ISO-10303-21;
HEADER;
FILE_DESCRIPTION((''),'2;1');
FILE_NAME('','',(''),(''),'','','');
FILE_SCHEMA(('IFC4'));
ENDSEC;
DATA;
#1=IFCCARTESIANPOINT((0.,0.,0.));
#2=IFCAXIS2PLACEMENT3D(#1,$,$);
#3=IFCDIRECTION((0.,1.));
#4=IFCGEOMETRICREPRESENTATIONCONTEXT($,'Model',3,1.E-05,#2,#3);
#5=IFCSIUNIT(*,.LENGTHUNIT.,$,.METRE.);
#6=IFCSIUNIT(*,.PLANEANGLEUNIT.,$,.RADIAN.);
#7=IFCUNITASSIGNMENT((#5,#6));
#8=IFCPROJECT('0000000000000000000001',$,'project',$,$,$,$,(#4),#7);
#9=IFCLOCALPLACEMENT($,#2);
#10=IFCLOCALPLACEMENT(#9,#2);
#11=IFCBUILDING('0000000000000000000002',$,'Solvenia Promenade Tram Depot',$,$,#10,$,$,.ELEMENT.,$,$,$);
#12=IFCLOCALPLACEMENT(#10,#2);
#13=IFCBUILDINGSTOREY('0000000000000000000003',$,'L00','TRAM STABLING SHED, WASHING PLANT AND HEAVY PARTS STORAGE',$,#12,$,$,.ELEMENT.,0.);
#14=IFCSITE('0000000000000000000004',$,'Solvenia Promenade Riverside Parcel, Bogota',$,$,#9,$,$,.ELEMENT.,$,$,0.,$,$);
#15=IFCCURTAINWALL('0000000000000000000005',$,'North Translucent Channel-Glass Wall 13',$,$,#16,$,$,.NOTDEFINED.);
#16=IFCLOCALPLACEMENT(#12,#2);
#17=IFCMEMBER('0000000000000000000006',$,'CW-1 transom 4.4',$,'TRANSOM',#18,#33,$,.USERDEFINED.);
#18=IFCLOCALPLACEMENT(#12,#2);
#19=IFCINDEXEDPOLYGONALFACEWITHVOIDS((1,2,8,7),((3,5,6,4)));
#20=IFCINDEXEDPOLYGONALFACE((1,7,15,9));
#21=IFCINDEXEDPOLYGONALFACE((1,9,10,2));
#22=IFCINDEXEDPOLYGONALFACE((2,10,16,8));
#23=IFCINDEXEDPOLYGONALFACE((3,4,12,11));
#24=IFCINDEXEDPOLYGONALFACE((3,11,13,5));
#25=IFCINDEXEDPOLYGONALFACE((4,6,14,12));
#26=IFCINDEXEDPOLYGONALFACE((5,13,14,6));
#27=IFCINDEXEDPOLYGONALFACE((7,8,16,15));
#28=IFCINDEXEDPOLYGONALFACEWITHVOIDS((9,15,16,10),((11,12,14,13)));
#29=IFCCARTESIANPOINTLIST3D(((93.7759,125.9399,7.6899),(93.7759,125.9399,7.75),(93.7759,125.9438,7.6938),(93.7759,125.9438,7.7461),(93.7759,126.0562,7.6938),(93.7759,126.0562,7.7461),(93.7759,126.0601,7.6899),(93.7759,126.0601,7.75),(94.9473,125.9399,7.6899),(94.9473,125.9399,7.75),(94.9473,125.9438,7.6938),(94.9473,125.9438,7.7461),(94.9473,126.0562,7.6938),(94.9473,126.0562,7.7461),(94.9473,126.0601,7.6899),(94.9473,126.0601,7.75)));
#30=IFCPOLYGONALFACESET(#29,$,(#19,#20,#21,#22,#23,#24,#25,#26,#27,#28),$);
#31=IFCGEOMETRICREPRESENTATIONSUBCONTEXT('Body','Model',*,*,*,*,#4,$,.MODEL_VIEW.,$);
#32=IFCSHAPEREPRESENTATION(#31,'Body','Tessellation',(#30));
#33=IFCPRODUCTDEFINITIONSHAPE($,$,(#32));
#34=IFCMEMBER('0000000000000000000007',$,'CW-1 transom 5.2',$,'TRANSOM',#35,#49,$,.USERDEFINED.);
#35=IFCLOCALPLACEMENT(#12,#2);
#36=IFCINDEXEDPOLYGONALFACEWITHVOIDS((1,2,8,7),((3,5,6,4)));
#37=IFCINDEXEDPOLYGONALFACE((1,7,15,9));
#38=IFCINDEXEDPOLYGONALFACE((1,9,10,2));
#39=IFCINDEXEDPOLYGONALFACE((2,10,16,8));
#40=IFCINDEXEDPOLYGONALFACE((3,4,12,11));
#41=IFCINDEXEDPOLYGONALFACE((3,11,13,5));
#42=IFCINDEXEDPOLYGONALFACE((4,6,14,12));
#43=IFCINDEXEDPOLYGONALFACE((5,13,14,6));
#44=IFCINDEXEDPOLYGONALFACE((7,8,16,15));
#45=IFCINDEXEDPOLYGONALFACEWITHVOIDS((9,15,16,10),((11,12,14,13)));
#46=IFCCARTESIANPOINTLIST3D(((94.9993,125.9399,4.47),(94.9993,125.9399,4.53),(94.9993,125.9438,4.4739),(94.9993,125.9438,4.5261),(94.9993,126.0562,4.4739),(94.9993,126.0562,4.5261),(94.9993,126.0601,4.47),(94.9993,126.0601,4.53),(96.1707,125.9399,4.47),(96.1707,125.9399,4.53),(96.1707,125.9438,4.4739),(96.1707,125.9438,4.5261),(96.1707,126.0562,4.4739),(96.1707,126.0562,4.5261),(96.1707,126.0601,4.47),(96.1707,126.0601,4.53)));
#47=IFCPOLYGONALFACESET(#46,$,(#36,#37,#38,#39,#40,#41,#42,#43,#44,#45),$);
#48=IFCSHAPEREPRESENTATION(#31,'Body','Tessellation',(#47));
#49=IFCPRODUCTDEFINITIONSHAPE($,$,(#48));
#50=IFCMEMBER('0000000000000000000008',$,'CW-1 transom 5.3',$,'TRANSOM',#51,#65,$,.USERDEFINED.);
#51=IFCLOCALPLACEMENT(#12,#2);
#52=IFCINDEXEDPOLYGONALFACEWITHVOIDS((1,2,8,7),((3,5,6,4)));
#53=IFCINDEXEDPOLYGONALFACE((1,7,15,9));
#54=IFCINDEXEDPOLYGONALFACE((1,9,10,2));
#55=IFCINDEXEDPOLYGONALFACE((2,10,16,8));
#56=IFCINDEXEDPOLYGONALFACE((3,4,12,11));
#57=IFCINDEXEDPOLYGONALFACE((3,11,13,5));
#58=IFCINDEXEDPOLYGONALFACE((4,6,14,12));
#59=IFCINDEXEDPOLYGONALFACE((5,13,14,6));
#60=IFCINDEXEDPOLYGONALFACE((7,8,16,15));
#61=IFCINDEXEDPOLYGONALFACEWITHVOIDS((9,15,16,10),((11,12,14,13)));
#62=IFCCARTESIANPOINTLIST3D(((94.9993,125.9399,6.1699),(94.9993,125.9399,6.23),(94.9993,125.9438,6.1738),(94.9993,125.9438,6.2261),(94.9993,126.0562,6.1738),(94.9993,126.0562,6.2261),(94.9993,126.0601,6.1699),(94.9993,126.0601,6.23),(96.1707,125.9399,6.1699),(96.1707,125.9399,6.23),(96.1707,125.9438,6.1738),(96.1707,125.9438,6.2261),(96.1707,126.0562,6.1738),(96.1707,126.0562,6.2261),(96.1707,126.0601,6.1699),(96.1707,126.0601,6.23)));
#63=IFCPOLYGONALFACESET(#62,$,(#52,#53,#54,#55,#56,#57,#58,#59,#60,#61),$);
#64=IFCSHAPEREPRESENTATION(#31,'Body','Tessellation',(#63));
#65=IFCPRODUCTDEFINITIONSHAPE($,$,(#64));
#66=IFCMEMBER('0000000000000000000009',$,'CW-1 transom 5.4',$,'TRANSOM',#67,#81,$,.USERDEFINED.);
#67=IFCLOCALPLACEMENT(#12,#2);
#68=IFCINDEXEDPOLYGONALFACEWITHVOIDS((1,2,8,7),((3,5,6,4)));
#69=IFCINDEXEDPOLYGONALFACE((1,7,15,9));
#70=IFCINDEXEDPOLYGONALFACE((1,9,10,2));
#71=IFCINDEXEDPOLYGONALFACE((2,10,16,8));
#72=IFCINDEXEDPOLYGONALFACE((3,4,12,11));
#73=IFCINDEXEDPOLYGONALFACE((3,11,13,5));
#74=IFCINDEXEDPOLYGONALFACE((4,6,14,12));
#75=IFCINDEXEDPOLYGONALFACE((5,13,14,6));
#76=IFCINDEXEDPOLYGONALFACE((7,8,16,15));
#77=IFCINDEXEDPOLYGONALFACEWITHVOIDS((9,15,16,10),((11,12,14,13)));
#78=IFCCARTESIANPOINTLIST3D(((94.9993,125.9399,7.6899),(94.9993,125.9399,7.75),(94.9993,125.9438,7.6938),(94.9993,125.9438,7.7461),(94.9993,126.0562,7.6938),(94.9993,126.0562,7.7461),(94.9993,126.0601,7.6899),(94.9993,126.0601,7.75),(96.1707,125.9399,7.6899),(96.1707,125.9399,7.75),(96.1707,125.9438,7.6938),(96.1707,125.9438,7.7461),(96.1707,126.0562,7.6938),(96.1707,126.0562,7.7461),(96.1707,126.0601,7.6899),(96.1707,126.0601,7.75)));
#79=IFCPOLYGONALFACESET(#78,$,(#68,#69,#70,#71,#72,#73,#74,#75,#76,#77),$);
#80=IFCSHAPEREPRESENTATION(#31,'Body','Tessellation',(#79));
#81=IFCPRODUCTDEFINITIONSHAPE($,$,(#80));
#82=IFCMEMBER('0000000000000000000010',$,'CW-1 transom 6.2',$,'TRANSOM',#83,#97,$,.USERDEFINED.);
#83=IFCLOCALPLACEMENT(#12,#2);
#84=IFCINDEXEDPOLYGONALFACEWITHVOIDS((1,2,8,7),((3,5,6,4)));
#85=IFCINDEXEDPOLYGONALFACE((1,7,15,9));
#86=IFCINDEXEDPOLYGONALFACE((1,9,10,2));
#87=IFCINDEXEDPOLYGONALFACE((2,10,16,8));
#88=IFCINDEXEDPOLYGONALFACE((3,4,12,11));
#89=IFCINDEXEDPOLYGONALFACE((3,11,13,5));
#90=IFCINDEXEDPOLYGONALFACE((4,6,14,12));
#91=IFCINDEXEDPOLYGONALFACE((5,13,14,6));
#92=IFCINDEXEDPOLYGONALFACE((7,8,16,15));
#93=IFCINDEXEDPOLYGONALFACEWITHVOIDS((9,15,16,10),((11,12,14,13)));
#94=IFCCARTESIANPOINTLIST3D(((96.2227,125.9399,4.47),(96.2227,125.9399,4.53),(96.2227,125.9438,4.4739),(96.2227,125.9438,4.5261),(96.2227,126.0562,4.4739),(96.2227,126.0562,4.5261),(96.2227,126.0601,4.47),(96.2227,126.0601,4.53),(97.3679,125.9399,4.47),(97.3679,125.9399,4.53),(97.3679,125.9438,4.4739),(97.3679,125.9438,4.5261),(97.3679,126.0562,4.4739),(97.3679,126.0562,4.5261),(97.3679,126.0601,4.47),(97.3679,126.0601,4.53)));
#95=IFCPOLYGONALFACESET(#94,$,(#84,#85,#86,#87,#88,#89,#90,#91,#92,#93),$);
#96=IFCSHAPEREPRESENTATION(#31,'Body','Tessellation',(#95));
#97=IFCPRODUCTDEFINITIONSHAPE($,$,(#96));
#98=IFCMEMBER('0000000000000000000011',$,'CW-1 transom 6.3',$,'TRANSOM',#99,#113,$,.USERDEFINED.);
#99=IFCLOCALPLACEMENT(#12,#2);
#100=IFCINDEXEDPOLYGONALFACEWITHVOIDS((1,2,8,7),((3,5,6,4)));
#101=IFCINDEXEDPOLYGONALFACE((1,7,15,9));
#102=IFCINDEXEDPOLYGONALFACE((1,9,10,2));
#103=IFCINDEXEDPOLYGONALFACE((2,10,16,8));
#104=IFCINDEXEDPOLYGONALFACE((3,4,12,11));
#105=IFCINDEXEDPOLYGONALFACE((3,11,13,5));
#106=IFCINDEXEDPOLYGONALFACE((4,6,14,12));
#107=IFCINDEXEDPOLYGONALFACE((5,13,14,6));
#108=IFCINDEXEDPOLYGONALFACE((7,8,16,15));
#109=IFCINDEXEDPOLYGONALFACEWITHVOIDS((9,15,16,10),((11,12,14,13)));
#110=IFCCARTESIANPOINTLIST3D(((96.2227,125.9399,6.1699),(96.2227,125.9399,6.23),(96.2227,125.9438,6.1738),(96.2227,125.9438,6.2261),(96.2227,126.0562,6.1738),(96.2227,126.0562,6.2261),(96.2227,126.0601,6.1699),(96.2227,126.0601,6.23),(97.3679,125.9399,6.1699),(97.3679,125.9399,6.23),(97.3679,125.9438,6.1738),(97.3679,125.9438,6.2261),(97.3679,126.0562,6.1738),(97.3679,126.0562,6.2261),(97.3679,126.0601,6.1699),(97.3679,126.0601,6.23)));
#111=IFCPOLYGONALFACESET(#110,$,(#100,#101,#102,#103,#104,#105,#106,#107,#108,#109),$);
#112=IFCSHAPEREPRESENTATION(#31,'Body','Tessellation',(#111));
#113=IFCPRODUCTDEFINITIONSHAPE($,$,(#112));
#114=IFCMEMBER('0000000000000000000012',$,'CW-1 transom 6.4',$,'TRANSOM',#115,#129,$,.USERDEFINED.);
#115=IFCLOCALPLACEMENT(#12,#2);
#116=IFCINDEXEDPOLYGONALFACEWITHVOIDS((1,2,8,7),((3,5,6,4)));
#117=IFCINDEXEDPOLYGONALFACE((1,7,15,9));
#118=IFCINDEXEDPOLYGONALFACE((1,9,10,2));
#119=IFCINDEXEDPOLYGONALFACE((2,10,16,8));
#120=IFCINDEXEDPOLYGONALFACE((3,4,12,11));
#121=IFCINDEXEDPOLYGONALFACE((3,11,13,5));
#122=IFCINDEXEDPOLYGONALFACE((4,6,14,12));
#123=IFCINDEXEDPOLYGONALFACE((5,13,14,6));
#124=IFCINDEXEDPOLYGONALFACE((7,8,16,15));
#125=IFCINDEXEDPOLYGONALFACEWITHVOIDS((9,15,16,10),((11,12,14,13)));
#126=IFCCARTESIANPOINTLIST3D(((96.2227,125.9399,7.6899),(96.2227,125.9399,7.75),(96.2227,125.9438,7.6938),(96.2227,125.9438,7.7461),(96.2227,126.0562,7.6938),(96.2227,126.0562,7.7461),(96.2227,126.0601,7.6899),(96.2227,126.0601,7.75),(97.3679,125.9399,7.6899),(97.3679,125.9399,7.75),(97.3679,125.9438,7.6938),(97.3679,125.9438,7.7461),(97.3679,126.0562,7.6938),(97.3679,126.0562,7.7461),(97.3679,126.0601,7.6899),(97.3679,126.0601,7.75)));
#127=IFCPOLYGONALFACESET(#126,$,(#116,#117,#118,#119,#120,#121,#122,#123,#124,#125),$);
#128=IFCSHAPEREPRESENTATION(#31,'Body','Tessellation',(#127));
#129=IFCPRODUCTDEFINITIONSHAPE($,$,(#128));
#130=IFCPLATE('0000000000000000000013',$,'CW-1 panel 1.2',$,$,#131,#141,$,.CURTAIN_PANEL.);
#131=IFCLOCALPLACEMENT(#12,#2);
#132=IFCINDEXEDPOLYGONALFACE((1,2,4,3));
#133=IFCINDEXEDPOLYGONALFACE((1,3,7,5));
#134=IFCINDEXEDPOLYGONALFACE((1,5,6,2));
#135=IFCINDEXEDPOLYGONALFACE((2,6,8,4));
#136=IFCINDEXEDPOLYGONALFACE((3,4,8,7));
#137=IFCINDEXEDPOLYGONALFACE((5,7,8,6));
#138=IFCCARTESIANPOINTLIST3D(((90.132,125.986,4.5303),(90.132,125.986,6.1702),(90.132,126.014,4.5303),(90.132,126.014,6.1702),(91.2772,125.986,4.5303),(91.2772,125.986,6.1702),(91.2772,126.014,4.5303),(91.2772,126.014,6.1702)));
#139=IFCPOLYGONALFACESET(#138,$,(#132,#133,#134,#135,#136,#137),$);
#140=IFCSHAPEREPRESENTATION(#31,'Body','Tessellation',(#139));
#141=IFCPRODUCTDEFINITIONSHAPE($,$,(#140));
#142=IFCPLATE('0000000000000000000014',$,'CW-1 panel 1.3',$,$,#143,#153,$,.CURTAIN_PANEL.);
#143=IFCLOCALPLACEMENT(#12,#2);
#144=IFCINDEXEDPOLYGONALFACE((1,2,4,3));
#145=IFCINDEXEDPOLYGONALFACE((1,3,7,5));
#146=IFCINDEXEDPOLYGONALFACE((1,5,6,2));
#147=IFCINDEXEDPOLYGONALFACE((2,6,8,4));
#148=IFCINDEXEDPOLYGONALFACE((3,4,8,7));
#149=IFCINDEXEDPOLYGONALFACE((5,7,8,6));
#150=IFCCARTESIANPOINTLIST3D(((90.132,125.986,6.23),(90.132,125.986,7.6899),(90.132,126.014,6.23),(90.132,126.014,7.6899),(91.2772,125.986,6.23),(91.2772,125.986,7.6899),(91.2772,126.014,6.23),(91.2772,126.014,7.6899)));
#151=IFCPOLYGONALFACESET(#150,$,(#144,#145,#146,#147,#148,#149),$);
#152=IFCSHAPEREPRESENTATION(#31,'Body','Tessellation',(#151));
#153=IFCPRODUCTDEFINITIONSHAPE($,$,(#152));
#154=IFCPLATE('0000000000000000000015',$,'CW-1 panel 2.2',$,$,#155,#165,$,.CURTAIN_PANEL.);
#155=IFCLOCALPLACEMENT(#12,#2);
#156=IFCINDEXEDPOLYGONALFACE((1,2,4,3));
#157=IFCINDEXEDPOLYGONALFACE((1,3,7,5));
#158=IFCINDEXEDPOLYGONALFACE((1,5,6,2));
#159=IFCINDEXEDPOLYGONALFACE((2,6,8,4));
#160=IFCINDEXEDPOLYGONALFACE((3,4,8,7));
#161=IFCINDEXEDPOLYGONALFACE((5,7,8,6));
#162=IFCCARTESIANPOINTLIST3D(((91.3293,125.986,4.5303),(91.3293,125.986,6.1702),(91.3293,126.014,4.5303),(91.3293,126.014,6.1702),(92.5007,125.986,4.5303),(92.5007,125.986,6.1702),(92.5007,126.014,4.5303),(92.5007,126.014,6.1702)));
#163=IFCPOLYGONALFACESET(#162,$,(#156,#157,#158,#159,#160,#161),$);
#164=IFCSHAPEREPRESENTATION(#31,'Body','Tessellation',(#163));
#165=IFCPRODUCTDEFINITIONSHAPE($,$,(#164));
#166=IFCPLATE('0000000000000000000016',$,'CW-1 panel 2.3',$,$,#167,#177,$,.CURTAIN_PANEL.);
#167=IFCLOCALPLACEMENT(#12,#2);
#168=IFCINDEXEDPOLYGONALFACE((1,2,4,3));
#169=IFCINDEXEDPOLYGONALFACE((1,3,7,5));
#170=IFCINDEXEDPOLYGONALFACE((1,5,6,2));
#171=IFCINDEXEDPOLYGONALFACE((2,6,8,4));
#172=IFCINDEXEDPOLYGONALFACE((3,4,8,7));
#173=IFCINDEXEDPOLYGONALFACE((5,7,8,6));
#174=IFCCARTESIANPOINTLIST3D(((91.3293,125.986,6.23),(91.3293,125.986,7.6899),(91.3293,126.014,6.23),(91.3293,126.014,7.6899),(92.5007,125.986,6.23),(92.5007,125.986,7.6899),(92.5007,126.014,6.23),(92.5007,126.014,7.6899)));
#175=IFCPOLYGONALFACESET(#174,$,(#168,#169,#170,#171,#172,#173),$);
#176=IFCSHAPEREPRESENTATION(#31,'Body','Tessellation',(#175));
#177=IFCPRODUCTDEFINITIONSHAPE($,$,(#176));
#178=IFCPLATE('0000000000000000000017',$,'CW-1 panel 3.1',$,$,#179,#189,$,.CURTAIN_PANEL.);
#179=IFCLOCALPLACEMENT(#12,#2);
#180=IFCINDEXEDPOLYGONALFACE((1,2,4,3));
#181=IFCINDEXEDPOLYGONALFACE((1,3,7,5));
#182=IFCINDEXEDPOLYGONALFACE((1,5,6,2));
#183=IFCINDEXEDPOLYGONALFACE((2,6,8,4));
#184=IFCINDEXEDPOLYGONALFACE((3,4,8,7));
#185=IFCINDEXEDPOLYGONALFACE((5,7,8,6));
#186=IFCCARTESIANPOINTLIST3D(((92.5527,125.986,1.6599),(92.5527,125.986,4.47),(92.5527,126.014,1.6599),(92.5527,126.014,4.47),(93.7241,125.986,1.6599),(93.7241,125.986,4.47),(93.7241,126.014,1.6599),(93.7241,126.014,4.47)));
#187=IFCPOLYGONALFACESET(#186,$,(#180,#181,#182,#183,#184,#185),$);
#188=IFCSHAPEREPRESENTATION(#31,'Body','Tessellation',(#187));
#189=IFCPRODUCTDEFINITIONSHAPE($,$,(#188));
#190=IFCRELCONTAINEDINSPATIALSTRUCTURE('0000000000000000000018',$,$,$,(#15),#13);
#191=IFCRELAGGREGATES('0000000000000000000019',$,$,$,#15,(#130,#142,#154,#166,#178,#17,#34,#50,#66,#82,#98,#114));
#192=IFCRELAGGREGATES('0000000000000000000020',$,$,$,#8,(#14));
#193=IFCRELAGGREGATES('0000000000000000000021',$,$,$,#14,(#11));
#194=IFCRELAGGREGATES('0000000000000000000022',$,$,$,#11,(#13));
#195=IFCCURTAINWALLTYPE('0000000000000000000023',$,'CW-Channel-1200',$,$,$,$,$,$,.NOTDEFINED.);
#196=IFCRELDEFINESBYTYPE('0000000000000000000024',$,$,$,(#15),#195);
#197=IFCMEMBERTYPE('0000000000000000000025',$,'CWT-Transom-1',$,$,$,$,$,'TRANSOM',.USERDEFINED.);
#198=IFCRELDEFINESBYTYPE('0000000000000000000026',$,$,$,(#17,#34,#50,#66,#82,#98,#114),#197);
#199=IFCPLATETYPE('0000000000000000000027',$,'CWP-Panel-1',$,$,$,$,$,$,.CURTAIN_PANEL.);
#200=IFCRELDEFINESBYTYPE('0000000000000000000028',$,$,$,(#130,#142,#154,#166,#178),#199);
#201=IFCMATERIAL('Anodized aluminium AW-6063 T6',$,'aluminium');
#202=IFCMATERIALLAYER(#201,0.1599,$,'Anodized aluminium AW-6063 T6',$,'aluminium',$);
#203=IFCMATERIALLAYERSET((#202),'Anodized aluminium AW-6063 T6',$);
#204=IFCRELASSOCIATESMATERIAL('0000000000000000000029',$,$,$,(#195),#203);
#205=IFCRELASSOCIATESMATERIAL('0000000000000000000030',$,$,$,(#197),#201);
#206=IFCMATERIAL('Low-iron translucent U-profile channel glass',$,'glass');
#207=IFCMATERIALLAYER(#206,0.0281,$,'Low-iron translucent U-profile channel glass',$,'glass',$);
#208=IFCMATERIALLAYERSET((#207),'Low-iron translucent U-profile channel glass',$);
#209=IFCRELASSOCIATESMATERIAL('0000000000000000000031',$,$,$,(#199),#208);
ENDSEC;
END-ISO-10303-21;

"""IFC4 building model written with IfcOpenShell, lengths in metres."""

from ifc_helpers import new_model, si_unit, direction, frame, origin, origin_2d, place, context, subcontext, project, spatial, rectangle, hollow_rectangle, extrude, material, layer, layer_set, material_profile, profile_set, type_object, element, aggregate, save


model = new_model("IFC4")

# Units and contexts
model_context = context("Model", 3, precision=1e-05, world=origin(), true_north=direction((0.0, 1.0)))
body_context = subcontext(model_context, "Body", "Model", "MODEL_VIEW")
ifc_project = project(units=[si_unit("LENGTHUNIT", "METRE"), si_unit("PLANEANGLEUNIT", "RADIAN")], contexts=[model_context])

# Site, building, storey
site_placement = place(None, origin())
site = spatial("IfcSite", under=ifc_project, at=site_placement, Name="Solvenia Promenade Riverside Parcel, Bogota", CompositionType="ELEMENT", RefElevation=0.0)
building_placement = place(site_placement, origin())
building = spatial("IfcBuilding", under=site, at=building_placement, Name="Solvenia Promenade Tram Depot", CompositionType="ELEMENT")
storey_placement = place(building_placement, origin())
storey = spatial("IfcBuildingStorey", under=building, at=storey_placement, Name="L00", Description="TRAM STABLING SHED, WASHING PLANT AND HEAVY PARTS STORAGE", CompositionType="ELEMENT", Elevation=0.0)

# Curtain wall, members, plates
ifc_material_1 = material(Name="Anodized aluminium AW-6063 T6", Category="aluminium")
ifc_layer_1 = layer(ifc_material_1, 0.1599, Name="Anodized aluminium AW-6063 T6", Category="aluminium")
ifc_layer_set_1 = layer_set([ifc_layer_1], Name="Anodized aluminium AW-6063 T6")
curtain_wall_type = type_object("IfcCurtainWallType", Name="CW-Channel-1200", PredefinedType="NOTDEFINED", material=ifc_layer_set_1)
curtain_wall_placement = place(storey_placement, origin())
curtain_wall = element("IfcCurtainWall", 1, at=curtain_wall_placement, inside=storey, type_object=curtain_wall_type, Name="North Translucent Channel-Glass Wall 13", PredefinedType="NOTDEFINED")
ifc_material_profile = material_profile(ifc_material_1, hollow_rectangle(XDim=0.1201, YDim=0.0601, WallThickness=0.0039, at=origin_2d()), Name="ALU-T1", Category="aluminium")
ifc_profile_set = profile_set([ifc_material_profile], Name="Anodized aluminium AW-6063 T6")
member_type = type_object("IfcMemberType", Name="CWT-Transom-1", ElementType="TRANSOM", PredefinedType="USERDEFINED", material=ifc_profile_set)
member_1_placement = place(storey_placement, frame((93.7759, 126.0, 7.72), z_axis=(1.0, 0.0, 0.0), x_axis=(0.0, 1.0, 0.0)))
member_1 = element("IfcMember", 2, at=member_1_placement, type_object=member_type, Name="CW-1 transom 4.4", ObjectType="TRANSOM", PredefinedType="USERDEFINED", context=body_context, shape_type="SweptSolid", body=[
    extrude(hollow_rectangle(XDim=0.1201, YDim=0.0601, WallThickness=0.0039, at=origin_2d()), origin(), (0.0, 0.0, 1.0), 1.1714),
])
member_2_placement = place(storey_placement, frame((94.9993, 126.0, 4.5), z_axis=(1.0, 0.0, 0.0), x_axis=(0.0, 1.0, 0.0)))
member_2 = element("IfcMember", 3, at=member_2_placement, type_object=member_type, Name="CW-1 transom 5.2", ObjectType="TRANSOM", PredefinedType="USERDEFINED", context=body_context, shape_type="SweptSolid", body=[
    extrude(hollow_rectangle(XDim=0.1201, YDim=0.0601, WallThickness=0.0039, at=origin_2d()), origin(), (0.0, 0.0, 1.0), 1.1714),
])
member_3_placement = place(storey_placement, frame((94.9993, 126.0, 6.2), z_axis=(1.0, 0.0, 0.0), x_axis=(0.0, 1.0, 0.0)))
member_3 = element("IfcMember", 4, at=member_3_placement, type_object=member_type, Name="CW-1 transom 5.3", ObjectType="TRANSOM", PredefinedType="USERDEFINED", context=body_context, shape_type="SweptSolid", body=[
    extrude(hollow_rectangle(XDim=0.1201, YDim=0.0601, WallThickness=0.0039, at=origin_2d()), origin(), (0.0, 0.0, 1.0), 1.1714),
])
member_4_placement = place(storey_placement, frame((94.9993, 126.0, 7.72), z_axis=(1.0, 0.0, 0.0), x_axis=(0.0, 1.0, 0.0)))
member_4 = element("IfcMember", 5, at=member_4_placement, type_object=member_type, Name="CW-1 transom 5.4", ObjectType="TRANSOM", PredefinedType="USERDEFINED", context=body_context, shape_type="SweptSolid", body=[
    extrude(hollow_rectangle(XDim=0.1201, YDim=0.0601, WallThickness=0.0039, at=origin_2d()), origin(), (0.0, 0.0, 1.0), 1.1714),
])
member_5_placement = place(storey_placement, frame((96.2227, 126.0, 4.5), z_axis=(1.0, 0.0, 0.0), x_axis=(0.0, 1.0, 0.0)))
member_5 = element("IfcMember", 6, at=member_5_placement, type_object=member_type, Name="CW-1 transom 6.2", ObjectType="TRANSOM", PredefinedType="USERDEFINED", context=body_context, shape_type="SweptSolid", body=[
    extrude(hollow_rectangle(XDim=0.1201, YDim=0.0601, WallThickness=0.0039, at=origin_2d()), origin(), (0.0, 0.0, 1.0), 1.1453),
])
member_6_placement = place(storey_placement, frame((96.2227, 126.0, 6.2), z_axis=(1.0, 0.0, 0.0), x_axis=(0.0, 1.0, 0.0)))
member_6 = element("IfcMember", 7, at=member_6_placement, type_object=member_type, Name="CW-1 transom 6.3", ObjectType="TRANSOM", PredefinedType="USERDEFINED", context=body_context, shape_type="SweptSolid", body=[
    extrude(hollow_rectangle(XDim=0.1201, YDim=0.0601, WallThickness=0.0039, at=origin_2d()), origin(), (0.0, 0.0, 1.0), 1.1453),
])
member_7_placement = place(storey_placement, frame((96.2227, 126.0, 7.72), z_axis=(1.0, 0.0, 0.0), x_axis=(0.0, 1.0, 0.0)))
member_7 = element("IfcMember", 8, at=member_7_placement, type_object=member_type, Name="CW-1 transom 6.4", ObjectType="TRANSOM", PredefinedType="USERDEFINED", context=body_context, shape_type="SweptSolid", body=[
    extrude(hollow_rectangle(XDim=0.1201, YDim=0.0601, WallThickness=0.0039, at=origin_2d()), origin(), (0.0, 0.0, 1.0), 1.1453),
])
ifc_material_2 = material(Name="Low-iron translucent U-profile channel glass", Category="glass")
ifc_layer_2 = layer(ifc_material_2, 0.0281, Name="Low-iron translucent U-profile channel glass", Category="glass")
ifc_layer_set_2 = layer_set([ifc_layer_2], Name="Low-iron translucent U-profile channel glass")
plate_type = type_object("IfcPlateType", Name="CWP-Panel-1", PredefinedType="CURTAIN_PANEL", material=ifc_layer_set_2)
plate_1_placement = place(storey_placement, frame((90.7046, 126.0, 4.5303), z_axis=(0.0, 0.0, 1.0), x_axis=(1.0, 0.0, 0.0)))
plate_1 = element("IfcPlate", 9, at=plate_1_placement, type_object=plate_type, Name="CW-1 panel 1.2", PredefinedType="CURTAIN_PANEL", context=body_context, shape_type="SweptSolid", body=[
    extrude(rectangle(XDim=1.1453, YDim=0.0281, at=origin_2d()), origin(), (0.0, 0.0, 1.0), 1.6399),
])
plate_2_placement = place(storey_placement, frame((90.7046, 126.0, 6.23), z_axis=(0.0, 0.0, 1.0), x_axis=(1.0, 0.0, 0.0)))
plate_2 = element("IfcPlate", 10, at=plate_2_placement, type_object=plate_type, Name="CW-1 panel 1.3", PredefinedType="CURTAIN_PANEL", context=body_context, shape_type="SweptSolid", body=[
    extrude(rectangle(XDim=1.1453, YDim=0.0281, at=origin_2d()), origin(), (0.0, 0.0, 1.0), 1.46),
])
plate_3_placement = place(storey_placement, frame((91.915, 126.0, 4.5303), z_axis=(0.0, 0.0, 1.0), x_axis=(1.0, 0.0, 0.0)))
plate_3 = element("IfcPlate", 11, at=plate_3_placement, type_object=plate_type, Name="CW-1 panel 2.2", PredefinedType="CURTAIN_PANEL", context=body_context, shape_type="SweptSolid", body=[
    extrude(rectangle(XDim=1.1714, YDim=0.0281, at=origin_2d()), origin(), (0.0, 0.0, 1.0), 1.6399),
])
plate_4_placement = place(storey_placement, frame((91.915, 126.0, 6.23), z_axis=(0.0, 0.0, 1.0), x_axis=(1.0, 0.0, 0.0)))
plate_4 = element("IfcPlate", 12, at=plate_4_placement, type_object=plate_type, Name="CW-1 panel 2.3", PredefinedType="CURTAIN_PANEL", context=body_context, shape_type="SweptSolid", body=[
    extrude(rectangle(XDim=1.1714, YDim=0.0281, at=origin_2d()), origin(), (0.0, 0.0, 1.0), 1.46),
])
plate_5_placement = place(storey_placement, frame((93.1384, 126.0, 1.6599), z_axis=(0.0, 0.0, 1.0), x_axis=(1.0, 0.0, 0.0)))
plate_5 = element("IfcPlate", 13, at=plate_5_placement, type_object=plate_type, Name="CW-1 panel 3.1", PredefinedType="CURTAIN_PANEL", context=body_context, shape_type="SweptSolid", body=[
    extrude(rectangle(XDim=1.1714, YDim=0.0281, at=origin_2d()), origin(), (0.0, 0.0, 1.0), 2.8101),
])
aggregate(curtain_wall, [plate_1, plate_2, plate_3, plate_4, plate_5, member_1, member_2, member_3, member_4, member_5, member_6, member_7])

save(model, "model.ifc")
